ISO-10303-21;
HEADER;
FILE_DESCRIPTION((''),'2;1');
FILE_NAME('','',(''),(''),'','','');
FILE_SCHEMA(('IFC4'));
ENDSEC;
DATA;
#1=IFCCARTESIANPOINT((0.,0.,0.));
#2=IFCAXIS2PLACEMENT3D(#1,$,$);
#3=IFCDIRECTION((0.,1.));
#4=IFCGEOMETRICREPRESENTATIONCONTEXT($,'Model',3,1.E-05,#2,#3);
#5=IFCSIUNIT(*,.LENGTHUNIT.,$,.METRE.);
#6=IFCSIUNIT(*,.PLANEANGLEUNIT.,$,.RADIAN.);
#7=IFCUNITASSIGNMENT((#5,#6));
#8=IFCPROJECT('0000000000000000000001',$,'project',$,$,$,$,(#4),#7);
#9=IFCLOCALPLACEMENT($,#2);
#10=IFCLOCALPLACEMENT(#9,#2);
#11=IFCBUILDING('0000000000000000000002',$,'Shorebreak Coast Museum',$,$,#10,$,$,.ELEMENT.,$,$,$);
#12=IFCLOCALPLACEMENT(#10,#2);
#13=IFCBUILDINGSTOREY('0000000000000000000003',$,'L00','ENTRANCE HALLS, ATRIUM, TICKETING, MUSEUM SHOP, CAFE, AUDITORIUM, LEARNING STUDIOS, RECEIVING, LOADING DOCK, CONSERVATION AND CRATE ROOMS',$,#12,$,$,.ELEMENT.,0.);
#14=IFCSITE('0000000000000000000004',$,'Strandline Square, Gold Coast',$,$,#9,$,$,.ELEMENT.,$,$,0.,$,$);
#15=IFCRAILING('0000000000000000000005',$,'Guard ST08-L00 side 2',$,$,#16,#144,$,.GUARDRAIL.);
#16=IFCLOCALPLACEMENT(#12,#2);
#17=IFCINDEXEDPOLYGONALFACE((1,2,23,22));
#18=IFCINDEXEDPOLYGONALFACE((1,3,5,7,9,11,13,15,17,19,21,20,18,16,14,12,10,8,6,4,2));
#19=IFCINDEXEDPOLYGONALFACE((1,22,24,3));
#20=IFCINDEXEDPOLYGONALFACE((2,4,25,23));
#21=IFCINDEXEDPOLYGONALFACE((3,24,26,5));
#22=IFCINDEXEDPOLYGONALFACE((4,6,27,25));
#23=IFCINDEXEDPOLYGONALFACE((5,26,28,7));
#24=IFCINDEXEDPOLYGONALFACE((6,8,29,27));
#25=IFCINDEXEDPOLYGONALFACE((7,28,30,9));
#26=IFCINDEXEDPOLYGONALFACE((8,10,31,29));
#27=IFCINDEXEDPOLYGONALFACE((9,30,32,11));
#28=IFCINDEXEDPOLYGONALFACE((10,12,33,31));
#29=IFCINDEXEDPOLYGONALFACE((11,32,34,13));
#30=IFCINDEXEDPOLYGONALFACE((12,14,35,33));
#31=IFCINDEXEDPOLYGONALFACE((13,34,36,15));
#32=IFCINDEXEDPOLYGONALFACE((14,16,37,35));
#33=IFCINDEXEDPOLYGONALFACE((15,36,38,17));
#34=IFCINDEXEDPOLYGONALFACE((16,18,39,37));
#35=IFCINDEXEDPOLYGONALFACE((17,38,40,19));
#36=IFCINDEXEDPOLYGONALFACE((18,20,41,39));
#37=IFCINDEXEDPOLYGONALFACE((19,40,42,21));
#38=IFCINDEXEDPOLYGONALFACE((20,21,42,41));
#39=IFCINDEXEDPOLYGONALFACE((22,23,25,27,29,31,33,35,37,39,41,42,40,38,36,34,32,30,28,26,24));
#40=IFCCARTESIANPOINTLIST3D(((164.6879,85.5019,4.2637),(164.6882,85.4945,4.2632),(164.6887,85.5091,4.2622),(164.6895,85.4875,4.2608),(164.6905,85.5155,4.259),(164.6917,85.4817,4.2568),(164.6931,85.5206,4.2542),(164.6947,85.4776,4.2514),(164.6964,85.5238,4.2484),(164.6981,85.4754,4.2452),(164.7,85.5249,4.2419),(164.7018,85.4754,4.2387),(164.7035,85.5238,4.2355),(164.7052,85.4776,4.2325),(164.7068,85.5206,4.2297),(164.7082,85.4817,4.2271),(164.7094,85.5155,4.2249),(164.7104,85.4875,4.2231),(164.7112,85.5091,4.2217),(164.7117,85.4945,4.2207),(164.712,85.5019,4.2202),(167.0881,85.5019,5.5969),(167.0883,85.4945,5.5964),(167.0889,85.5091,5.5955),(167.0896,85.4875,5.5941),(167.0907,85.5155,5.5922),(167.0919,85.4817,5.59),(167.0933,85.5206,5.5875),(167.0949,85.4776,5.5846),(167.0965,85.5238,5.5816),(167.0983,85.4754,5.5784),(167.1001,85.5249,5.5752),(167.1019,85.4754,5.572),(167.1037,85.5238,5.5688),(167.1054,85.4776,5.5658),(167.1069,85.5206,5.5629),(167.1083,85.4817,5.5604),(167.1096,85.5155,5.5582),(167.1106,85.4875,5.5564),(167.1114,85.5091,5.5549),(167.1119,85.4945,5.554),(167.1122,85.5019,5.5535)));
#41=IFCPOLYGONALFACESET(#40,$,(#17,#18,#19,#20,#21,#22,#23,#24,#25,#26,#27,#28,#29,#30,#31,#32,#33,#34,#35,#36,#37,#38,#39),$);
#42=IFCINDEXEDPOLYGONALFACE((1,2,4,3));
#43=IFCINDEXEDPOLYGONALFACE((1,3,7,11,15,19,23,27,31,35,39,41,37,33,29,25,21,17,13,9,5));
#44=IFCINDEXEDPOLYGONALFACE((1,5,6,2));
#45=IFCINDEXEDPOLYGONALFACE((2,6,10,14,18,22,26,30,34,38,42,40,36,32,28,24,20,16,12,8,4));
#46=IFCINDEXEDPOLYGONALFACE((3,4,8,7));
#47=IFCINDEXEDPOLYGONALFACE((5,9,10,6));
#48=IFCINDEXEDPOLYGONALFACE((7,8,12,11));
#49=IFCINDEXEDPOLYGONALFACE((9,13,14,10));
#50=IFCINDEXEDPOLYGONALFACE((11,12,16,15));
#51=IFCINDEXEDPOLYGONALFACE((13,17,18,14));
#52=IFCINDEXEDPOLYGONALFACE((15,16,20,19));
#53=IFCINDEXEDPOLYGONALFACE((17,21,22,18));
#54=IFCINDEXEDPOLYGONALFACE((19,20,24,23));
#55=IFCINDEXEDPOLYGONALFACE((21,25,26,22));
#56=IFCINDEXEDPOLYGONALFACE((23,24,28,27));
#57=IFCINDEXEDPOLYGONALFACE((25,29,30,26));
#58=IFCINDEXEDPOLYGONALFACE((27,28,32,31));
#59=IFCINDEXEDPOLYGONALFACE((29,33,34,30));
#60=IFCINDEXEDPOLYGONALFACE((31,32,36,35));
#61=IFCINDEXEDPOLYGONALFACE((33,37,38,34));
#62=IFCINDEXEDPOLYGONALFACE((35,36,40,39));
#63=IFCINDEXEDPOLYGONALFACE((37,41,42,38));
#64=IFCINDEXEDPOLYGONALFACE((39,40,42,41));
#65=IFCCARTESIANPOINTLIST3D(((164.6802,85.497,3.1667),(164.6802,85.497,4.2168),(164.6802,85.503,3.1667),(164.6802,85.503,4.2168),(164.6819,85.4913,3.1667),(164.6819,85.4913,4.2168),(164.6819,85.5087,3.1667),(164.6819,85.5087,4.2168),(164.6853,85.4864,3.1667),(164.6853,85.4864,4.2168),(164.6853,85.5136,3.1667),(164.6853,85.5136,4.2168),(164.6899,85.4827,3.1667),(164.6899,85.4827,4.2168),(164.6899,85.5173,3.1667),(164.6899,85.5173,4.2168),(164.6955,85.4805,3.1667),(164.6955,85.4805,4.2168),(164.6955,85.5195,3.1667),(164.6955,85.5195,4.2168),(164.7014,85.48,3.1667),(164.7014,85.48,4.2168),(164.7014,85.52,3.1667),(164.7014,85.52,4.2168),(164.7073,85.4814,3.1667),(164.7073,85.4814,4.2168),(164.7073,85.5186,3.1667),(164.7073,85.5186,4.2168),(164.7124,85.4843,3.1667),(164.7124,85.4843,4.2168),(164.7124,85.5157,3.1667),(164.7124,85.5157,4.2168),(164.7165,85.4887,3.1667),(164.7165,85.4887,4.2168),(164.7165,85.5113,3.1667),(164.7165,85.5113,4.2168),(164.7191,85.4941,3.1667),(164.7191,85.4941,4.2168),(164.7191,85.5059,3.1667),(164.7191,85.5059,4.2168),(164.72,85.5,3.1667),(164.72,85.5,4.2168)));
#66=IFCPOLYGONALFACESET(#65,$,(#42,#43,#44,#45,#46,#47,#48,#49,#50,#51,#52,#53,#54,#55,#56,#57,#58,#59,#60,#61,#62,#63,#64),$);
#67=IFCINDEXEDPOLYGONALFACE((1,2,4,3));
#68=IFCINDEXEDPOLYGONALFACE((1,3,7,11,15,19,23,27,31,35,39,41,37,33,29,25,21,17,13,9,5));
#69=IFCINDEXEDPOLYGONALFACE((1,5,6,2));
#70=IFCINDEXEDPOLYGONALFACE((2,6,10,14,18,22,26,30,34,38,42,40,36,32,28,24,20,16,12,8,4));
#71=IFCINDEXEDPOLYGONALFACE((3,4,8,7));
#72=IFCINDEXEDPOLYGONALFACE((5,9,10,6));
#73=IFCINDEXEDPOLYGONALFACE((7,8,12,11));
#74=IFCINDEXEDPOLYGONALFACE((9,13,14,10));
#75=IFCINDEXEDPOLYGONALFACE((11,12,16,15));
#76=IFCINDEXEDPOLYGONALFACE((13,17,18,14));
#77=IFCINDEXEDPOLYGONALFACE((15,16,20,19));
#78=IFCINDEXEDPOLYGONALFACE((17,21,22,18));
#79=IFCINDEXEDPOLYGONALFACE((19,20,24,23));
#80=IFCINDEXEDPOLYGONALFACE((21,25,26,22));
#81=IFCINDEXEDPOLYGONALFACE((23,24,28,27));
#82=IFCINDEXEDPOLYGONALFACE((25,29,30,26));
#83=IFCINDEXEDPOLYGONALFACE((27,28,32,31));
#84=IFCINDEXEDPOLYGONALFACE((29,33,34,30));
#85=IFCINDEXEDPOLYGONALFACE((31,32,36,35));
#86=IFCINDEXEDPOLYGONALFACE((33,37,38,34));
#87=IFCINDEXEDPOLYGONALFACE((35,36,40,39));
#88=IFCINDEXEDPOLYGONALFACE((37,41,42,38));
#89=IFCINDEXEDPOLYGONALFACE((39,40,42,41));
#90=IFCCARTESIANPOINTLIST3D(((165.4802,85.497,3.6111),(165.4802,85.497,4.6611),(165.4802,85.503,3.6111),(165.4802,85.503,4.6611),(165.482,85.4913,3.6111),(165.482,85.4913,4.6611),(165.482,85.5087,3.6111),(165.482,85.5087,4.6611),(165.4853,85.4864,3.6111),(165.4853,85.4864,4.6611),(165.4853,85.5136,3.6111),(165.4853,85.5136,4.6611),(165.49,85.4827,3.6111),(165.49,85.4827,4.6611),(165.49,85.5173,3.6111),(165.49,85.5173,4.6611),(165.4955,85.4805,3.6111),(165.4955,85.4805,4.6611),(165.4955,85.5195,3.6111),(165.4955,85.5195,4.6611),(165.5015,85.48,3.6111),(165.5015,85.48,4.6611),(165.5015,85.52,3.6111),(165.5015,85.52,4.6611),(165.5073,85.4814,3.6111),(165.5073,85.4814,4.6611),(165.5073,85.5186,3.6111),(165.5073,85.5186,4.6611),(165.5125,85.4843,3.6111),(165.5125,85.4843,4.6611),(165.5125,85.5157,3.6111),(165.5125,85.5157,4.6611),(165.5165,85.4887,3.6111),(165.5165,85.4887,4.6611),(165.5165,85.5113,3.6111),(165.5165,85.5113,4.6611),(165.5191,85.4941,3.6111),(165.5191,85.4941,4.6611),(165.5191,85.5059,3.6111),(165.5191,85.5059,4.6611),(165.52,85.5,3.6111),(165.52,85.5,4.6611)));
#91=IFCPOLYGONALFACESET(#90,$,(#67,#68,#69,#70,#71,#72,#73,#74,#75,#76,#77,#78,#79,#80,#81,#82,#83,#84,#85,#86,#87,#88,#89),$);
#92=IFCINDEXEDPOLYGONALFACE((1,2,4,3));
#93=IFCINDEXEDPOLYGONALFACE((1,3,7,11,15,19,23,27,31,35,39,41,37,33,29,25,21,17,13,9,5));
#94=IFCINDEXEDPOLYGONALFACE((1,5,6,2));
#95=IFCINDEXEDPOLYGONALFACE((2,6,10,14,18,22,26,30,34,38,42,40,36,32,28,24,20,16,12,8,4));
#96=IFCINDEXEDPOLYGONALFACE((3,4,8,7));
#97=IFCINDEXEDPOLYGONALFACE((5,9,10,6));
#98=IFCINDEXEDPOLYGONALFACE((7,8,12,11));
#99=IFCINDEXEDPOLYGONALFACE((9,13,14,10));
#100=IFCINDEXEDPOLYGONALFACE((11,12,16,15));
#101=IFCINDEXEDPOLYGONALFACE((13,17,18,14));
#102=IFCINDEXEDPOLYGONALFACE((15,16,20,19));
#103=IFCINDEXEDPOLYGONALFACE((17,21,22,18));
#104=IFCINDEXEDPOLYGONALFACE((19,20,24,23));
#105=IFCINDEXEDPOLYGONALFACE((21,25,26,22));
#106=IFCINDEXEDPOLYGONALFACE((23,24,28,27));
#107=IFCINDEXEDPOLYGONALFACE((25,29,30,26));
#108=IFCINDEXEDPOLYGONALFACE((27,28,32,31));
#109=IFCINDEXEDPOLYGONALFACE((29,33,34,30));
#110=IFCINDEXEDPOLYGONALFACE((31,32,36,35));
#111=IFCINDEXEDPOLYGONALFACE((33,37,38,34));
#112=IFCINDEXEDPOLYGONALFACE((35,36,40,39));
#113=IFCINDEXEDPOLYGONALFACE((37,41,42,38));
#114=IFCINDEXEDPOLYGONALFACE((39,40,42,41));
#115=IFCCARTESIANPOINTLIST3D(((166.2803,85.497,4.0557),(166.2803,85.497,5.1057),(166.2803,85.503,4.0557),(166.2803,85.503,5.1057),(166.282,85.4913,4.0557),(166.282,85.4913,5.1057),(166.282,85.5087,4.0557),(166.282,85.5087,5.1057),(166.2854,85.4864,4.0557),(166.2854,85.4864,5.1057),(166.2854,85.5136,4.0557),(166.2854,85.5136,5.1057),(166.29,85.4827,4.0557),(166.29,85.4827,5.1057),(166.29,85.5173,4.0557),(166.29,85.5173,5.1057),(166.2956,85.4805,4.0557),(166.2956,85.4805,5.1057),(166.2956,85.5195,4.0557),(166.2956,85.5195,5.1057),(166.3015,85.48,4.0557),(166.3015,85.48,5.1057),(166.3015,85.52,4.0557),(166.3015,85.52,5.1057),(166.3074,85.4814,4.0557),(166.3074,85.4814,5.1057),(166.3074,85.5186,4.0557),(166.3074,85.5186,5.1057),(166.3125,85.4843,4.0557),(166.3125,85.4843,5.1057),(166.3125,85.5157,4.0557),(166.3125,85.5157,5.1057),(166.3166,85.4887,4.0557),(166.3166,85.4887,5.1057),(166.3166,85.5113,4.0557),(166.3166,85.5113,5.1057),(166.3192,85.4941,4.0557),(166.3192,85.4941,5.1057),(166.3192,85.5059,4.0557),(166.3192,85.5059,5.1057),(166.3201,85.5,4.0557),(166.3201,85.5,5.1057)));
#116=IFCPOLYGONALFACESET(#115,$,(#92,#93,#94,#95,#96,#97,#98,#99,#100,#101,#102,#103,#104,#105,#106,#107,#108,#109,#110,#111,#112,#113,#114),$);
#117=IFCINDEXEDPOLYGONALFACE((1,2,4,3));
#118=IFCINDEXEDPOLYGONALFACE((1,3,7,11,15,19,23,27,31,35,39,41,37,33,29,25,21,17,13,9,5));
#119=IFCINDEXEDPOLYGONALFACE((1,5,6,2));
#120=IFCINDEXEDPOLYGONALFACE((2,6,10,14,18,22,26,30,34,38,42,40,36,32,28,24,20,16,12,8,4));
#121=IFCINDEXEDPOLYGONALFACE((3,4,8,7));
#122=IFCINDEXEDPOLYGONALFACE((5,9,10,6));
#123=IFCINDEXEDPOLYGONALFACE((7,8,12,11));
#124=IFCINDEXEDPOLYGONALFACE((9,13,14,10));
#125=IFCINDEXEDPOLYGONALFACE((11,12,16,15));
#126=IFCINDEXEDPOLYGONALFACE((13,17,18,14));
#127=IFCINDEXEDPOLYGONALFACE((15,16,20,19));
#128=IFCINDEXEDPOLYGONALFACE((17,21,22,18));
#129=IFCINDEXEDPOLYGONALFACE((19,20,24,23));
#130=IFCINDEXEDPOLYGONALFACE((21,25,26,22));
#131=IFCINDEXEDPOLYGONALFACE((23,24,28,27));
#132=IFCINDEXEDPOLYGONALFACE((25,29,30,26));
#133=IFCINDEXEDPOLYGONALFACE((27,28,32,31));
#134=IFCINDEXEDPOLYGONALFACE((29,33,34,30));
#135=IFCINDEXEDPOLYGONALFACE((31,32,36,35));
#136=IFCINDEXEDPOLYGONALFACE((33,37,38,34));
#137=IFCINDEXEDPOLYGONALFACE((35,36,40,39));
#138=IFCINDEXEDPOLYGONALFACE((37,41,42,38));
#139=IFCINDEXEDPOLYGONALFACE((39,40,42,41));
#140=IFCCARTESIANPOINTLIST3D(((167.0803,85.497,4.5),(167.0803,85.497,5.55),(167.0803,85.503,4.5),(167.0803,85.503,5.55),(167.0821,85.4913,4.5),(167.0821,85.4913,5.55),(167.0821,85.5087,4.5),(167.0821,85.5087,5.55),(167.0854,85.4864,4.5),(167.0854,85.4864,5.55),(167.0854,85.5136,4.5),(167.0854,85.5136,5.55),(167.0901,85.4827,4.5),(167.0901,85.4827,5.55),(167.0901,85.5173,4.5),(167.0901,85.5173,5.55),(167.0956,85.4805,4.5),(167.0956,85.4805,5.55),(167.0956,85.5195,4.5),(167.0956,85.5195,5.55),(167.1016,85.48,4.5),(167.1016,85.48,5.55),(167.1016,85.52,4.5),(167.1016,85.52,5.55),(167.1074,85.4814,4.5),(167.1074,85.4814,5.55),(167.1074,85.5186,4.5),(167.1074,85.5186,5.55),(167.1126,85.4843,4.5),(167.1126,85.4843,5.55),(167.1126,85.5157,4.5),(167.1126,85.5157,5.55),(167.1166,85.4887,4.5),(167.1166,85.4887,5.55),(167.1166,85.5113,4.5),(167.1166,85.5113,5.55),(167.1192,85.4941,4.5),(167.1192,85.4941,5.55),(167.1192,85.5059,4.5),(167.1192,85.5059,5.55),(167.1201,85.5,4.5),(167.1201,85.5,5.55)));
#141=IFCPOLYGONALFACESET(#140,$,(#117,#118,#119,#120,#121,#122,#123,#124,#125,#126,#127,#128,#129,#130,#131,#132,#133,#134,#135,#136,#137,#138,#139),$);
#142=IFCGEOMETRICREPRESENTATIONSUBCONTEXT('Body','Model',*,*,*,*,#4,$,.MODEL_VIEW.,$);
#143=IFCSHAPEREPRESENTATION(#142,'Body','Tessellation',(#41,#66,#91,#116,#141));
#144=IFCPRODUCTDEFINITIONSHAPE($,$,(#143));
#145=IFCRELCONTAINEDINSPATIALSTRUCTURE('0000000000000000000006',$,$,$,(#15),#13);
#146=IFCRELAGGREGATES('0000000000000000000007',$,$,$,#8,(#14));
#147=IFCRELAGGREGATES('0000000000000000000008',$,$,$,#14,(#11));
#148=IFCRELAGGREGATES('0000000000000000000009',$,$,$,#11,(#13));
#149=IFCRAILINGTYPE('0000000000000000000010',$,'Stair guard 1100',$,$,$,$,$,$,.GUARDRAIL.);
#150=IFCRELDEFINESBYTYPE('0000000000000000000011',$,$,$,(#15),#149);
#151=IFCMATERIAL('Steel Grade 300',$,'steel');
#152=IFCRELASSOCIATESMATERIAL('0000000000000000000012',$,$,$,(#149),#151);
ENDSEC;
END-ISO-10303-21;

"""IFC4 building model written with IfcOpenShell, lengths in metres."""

from ifc_helpers import new_model, si_unit, direction, frame, origin, origin_2d, place, context, subcontext, project, spatial, circle, extrude, material, type_object, element, save


model = new_model("IFC4")

# Units and contexts
model_context = context("Model", 3, precision=1e-05, world=origin(), true_north=direction((0.0, 1.0)))
body_context = subcontext(model_context, "Body", "Model", "MODEL_VIEW")
ifc_project = project(units=[si_unit("LENGTHUNIT", "METRE"), si_unit("PLANEANGLEUNIT", "RADIAN")], contexts=[model_context])

# Site, building, storey
site_placement = place(None, origin())
site = spatial("IfcSite", under=ifc_project, at=site_placement, Name="Strandline Square, Gold Coast", CompositionType="ELEMENT", RefElevation=0.0)
building_placement = place(site_placement, origin())
building = spatial("IfcBuilding", under=site, at=building_placement, Name="Shorebreak Coast Museum", CompositionType="ELEMENT")
storey_placement = place(building_placement, origin())
storey = spatial("IfcBuildingStorey", under=building, at=storey_placement, Name="L00", Description="ENTRANCE HALLS, ATRIUM, TICKETING, MUSEUM SHOP, CAFE, AUDITORIUM, LEARNING STUDIOS, RECEIVING, LOADING DOCK, CONSERVATION AND CRATE ROOMS", CompositionType="ELEMENT", Elevation=0.0)

# Railing
ifc_material_1 = material(Name="Steel Grade 300", Category="steel")
railing_type_1 = type_object("IfcRailingType", Name="Stair guard 1100", PredefinedType="GUARDRAIL", material=ifc_material_1)
railing_1_placement = place(storey_placement, frame((164.7, 85.5, 3.1667)))
element("IfcRailing", 1, at=railing_1_placement, inside=storey, type_object=railing_type_1, Name="Guard ST08-L00 side 2", PredefinedType="GUARDRAIL", context=body_context, shape_type="SweptSolid", body=[
    extrude(circle(Radius=0.0249, at=origin_2d()), frame((0.0, 0.0, 1.0752), z_axis=(0.874182, 0.0, 0.485598), x_axis=(0.0, 1.0, 0.0)), (0.0, 0.0, 1.0), 2.7456),
    extrude(circle(Radius=0.02, at=origin_2d()), origin(), (0.0, 0.0, 1.0), 1.05),
    extrude(circle(Radius=0.02, at=origin_2d()), frame((0.8, 0.0, 0.4443)), (0.0, 0.0, 1.0), 1.05),
    extrude(circle(Radius=0.02, at=origin_2d()), frame((1.6001, 0.0, 0.8889)), (0.0, 0.0, 1.0), 1.05),
    extrude(circle(Radius=0.02, at=origin_2d()), frame((2.4001, 0.0, 1.3333)), (0.0, 0.0, 1.0), 1.05),
])

save(model, "model.ifc")
